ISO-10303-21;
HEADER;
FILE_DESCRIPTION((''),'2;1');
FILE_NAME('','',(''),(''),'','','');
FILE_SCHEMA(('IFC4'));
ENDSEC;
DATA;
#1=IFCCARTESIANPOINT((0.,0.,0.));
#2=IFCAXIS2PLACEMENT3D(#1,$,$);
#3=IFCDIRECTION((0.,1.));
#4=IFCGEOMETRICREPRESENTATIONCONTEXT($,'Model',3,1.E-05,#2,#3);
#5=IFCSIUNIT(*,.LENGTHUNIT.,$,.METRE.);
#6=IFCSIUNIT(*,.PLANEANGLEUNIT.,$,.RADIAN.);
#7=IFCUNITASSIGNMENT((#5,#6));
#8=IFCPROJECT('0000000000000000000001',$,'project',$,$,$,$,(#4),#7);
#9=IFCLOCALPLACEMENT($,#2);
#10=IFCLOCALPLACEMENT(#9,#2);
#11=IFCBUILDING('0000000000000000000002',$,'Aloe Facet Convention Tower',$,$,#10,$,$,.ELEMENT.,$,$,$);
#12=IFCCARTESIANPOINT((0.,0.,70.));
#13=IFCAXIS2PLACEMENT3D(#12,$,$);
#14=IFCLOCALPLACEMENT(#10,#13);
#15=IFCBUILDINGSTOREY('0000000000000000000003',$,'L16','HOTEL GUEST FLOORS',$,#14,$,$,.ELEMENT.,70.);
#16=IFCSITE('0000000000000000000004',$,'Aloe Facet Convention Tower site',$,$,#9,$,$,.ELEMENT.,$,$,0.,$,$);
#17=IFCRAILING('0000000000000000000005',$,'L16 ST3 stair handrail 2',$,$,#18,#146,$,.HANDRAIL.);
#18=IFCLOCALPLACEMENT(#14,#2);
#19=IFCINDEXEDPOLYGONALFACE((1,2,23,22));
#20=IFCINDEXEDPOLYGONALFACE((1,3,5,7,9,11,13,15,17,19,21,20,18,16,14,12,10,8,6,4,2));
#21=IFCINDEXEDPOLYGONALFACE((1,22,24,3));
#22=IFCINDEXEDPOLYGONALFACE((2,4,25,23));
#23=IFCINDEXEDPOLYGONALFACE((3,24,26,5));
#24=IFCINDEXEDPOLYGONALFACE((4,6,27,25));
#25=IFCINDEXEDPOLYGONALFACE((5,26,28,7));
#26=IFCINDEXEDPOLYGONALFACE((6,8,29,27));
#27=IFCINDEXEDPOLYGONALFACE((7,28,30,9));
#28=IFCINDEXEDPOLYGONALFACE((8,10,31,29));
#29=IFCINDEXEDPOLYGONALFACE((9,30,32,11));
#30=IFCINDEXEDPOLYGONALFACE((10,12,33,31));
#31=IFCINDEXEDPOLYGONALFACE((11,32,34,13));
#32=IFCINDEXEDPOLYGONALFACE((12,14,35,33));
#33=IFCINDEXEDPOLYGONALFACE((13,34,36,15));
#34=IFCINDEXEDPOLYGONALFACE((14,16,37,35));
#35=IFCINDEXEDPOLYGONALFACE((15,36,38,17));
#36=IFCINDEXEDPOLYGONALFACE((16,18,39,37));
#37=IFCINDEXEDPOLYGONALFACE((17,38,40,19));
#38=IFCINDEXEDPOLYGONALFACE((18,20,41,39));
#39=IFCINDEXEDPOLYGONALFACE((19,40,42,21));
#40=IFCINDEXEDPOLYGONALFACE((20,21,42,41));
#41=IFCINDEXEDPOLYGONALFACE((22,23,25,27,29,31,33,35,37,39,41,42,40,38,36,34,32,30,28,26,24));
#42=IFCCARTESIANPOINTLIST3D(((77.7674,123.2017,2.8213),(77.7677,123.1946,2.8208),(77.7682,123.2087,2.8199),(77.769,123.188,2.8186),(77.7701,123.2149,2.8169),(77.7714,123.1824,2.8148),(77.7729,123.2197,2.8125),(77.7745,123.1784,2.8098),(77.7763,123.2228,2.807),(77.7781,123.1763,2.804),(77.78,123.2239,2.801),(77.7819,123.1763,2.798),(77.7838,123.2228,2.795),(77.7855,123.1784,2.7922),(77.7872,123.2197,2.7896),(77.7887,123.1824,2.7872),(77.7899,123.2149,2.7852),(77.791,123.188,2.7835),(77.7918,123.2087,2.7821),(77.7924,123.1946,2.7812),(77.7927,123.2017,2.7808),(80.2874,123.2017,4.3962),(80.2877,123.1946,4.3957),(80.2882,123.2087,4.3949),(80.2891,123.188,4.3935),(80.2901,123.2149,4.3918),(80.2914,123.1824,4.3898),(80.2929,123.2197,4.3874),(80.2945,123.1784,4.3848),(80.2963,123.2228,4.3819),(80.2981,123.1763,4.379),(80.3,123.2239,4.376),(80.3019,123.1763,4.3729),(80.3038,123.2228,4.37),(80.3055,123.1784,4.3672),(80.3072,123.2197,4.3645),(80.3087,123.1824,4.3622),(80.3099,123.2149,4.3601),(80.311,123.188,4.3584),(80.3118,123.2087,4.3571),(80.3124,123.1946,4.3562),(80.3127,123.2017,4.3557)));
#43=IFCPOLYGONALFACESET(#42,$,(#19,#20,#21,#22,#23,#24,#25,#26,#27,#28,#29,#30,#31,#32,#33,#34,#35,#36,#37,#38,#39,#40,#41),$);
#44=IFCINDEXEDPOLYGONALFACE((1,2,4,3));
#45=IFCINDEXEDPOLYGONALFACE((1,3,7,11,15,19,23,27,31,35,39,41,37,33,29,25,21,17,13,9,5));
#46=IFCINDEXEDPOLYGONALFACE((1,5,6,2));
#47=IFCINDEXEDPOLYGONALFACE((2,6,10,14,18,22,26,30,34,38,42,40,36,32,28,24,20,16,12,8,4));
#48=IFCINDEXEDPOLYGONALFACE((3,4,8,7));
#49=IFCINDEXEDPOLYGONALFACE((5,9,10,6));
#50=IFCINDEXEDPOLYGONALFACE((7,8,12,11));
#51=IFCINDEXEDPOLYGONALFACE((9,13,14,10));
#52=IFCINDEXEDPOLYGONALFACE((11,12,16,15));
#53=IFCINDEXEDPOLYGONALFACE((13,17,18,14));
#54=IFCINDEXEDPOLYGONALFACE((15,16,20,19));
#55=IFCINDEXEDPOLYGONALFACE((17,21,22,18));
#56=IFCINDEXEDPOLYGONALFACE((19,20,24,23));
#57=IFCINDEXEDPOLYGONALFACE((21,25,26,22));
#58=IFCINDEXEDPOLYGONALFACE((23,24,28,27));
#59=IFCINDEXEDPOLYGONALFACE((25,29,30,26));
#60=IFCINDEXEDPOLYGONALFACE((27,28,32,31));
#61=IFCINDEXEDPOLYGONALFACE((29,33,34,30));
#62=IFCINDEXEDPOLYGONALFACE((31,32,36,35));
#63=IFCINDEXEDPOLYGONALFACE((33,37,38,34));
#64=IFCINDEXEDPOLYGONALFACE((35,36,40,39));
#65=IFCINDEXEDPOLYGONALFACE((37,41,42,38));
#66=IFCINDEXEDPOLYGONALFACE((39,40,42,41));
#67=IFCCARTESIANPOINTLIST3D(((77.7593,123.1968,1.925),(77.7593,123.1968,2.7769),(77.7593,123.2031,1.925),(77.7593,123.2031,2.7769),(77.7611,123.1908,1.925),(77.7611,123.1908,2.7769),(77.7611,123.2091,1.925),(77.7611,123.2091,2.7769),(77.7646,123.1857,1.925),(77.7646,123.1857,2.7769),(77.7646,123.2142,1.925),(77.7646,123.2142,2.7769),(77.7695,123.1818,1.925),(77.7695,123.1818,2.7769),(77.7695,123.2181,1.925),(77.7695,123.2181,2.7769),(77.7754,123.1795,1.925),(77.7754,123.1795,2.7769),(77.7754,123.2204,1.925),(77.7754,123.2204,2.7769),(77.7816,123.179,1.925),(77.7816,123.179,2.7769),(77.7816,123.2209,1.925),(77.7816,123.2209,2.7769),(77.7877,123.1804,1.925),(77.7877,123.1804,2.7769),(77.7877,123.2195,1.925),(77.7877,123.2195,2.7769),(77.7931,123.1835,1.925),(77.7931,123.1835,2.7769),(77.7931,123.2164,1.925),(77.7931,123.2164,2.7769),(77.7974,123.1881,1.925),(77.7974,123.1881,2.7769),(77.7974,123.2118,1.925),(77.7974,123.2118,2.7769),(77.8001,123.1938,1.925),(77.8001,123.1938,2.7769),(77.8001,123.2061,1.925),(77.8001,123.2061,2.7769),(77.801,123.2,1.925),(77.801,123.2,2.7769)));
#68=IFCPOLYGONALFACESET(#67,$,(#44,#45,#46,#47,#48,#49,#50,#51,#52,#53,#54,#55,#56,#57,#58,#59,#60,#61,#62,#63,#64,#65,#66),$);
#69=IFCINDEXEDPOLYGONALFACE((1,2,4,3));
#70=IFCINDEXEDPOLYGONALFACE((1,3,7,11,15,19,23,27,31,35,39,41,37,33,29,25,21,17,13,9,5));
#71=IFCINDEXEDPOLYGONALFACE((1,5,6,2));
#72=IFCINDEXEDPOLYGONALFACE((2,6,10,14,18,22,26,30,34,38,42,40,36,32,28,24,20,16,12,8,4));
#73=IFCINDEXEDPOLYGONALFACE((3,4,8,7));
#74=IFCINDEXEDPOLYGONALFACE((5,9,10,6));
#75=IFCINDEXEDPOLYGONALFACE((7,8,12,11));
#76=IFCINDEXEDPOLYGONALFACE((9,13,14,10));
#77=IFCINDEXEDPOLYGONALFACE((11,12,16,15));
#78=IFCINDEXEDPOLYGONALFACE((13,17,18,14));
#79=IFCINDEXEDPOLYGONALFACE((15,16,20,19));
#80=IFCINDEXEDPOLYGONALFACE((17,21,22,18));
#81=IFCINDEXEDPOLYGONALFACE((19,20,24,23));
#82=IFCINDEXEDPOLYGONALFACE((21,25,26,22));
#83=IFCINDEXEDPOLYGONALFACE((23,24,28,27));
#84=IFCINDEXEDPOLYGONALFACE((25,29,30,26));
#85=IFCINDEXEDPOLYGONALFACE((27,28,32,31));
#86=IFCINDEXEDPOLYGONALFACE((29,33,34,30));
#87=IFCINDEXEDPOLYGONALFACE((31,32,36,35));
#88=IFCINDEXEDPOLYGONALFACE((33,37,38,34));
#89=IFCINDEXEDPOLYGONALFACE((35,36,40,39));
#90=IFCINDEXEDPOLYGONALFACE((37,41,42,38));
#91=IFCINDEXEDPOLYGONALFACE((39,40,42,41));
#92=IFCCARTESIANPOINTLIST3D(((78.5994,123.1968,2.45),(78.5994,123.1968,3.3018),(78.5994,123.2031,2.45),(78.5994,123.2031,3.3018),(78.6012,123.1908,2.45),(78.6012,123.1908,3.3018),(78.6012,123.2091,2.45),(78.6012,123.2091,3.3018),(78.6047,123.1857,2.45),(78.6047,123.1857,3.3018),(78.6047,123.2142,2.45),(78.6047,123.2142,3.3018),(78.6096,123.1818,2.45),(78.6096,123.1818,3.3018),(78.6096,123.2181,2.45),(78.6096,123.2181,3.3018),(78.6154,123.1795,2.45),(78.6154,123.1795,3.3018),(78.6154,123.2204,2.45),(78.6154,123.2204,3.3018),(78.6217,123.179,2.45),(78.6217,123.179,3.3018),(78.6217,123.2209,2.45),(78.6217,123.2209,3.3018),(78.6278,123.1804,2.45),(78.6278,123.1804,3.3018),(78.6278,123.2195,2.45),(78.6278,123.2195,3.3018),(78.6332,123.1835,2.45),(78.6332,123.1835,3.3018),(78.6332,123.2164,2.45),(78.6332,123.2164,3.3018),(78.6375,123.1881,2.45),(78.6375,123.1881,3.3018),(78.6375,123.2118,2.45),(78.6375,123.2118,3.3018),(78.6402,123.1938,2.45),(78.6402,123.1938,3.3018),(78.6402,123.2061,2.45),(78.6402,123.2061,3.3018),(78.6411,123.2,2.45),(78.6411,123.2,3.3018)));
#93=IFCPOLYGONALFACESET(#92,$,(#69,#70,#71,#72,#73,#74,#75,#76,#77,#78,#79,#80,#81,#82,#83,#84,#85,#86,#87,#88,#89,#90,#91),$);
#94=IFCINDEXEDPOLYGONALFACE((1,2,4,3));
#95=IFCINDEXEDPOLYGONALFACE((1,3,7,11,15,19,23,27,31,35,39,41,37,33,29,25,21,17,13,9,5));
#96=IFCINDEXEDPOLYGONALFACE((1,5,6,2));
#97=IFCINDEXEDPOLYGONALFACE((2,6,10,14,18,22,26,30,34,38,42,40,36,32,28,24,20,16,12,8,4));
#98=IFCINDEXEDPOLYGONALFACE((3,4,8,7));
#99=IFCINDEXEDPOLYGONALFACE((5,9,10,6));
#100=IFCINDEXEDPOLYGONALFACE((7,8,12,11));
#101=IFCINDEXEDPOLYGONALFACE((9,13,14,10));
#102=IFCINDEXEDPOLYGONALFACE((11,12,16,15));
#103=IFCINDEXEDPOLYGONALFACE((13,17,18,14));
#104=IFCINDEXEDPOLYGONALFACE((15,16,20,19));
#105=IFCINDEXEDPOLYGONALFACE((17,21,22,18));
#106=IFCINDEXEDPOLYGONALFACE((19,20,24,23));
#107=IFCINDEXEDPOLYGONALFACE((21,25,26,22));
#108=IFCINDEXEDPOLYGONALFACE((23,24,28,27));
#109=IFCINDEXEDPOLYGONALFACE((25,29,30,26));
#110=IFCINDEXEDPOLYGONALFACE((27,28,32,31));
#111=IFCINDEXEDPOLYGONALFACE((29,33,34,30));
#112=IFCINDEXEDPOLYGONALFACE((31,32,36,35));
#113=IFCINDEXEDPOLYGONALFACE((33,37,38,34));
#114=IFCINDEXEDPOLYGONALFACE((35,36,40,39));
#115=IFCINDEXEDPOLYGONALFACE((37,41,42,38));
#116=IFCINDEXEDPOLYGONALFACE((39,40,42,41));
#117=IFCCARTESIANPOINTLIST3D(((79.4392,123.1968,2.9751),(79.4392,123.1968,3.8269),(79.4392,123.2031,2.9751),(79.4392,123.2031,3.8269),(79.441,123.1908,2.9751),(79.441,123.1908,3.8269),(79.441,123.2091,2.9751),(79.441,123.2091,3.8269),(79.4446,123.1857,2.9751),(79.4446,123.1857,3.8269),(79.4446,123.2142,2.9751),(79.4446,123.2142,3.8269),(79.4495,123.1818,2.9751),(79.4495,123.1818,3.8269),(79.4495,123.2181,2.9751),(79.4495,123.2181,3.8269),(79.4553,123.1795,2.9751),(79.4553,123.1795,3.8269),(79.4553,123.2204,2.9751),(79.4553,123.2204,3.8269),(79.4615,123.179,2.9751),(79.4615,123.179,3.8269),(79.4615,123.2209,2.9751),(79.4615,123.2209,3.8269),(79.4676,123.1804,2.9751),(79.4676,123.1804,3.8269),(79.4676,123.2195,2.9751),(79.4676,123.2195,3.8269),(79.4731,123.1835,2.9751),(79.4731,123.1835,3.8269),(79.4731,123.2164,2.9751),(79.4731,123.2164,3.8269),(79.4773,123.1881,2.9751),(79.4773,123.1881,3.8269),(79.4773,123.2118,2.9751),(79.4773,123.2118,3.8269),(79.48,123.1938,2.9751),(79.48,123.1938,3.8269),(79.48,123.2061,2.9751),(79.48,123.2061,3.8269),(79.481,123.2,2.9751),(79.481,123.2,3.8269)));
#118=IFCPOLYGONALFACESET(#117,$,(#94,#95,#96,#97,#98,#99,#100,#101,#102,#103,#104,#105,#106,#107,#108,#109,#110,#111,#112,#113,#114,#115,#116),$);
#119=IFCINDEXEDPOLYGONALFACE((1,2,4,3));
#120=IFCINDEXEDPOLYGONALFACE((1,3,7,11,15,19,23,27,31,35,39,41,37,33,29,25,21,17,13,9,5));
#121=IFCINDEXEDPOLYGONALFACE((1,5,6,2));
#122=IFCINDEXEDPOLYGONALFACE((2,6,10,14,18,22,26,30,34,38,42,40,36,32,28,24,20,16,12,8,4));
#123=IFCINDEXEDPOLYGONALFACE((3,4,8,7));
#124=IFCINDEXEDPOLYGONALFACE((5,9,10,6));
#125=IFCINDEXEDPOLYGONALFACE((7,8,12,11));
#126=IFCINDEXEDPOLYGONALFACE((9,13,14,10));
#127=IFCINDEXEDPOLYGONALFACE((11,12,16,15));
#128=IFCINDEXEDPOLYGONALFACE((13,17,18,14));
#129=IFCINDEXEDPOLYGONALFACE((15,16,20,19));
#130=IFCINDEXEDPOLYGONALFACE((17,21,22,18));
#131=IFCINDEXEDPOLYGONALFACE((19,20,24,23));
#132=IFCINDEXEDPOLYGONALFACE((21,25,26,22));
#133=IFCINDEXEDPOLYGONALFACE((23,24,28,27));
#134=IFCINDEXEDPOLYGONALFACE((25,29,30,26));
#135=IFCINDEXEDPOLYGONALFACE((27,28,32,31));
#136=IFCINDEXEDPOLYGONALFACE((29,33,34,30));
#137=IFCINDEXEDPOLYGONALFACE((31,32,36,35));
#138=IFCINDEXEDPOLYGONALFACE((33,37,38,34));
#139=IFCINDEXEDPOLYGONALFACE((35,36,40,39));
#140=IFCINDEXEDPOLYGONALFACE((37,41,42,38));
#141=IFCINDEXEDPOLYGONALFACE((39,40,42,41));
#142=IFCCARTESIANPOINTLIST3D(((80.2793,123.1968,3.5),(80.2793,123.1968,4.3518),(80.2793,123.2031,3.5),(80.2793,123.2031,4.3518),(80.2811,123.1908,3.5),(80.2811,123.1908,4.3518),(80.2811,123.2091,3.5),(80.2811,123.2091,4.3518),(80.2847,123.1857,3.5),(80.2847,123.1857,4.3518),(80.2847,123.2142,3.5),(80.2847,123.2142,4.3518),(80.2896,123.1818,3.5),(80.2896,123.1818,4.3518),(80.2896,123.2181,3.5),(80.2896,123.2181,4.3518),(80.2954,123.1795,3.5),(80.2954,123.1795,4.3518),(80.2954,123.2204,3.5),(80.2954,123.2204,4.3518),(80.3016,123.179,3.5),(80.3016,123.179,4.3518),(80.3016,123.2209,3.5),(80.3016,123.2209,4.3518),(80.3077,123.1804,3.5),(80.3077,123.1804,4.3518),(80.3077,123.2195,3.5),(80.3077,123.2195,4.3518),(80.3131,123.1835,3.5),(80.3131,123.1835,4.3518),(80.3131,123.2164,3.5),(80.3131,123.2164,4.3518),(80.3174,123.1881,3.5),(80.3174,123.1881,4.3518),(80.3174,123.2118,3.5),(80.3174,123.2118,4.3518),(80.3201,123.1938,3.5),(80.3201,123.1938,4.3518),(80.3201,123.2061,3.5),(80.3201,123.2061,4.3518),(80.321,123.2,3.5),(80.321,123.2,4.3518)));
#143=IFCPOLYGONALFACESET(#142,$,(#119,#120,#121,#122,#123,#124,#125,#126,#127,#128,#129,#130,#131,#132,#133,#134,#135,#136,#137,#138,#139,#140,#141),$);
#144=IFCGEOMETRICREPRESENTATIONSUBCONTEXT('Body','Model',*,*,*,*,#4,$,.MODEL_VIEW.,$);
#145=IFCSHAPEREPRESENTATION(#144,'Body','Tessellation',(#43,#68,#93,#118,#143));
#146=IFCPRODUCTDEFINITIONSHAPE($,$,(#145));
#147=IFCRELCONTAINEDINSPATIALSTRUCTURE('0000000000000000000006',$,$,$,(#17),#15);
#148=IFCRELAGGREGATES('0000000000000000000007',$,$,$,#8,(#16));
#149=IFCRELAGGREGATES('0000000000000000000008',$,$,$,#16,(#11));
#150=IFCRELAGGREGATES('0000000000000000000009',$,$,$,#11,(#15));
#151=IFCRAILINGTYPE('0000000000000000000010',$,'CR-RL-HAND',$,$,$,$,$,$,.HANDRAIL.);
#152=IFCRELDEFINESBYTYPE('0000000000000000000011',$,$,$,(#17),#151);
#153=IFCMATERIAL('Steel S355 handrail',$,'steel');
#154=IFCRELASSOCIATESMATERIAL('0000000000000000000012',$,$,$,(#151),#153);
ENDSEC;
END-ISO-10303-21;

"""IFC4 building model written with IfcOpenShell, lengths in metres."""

from ifc_helpers import new_model, si_unit, direction, frame, origin, origin_2d, place, context, subcontext, project, spatial, circle, extrude, material, type_object, element, save


model = new_model("IFC4")

# Units and contexts
model_context = context("Model", 3, precision=1e-05, world=origin(), true_north=direction((0.0, 1.0)))
body_context = subcontext(model_context, "Body", "Model", "MODEL_VIEW")
ifc_project = project(units=[si_unit("LENGTHUNIT", "METRE"), si_unit("PLANEANGLEUNIT", "RADIAN")], contexts=[model_context])

# Site, building, storey
site_placement = place(None, origin())
site = spatial("IfcSite", under=ifc_project, at=site_placement, Name="Aloe Facet Convention Tower site", CompositionType="ELEMENT", RefElevation=0.0)
building_placement = place(site_placement, origin())
building = spatial("IfcBuilding", under=site, at=building_placement, Name="Aloe Facet Convention Tower", CompositionType="ELEMENT")
storey_placement = place(building_placement, frame((0.0, 0.0, 70.0)))
storey = spatial("IfcBuildingStorey", under=building, at=storey_placement, Name="L16", Description="HOTEL GUEST FLOORS", CompositionType="ELEMENT", Elevation=70.0)

# Railing
ifc_material_1 = material(Name="Steel S355 handrail", Category="steel")
railing_type_1 = type_object("IfcRailingType", Name="CR-RL-HAND", PredefinedType="HANDRAIL", material=ifc_material_1)
railing_1_placement = place(storey_placement, frame((77.78, 123.2, 1.925)))
element("IfcRailing", 1, at=railing_1_placement, inside=storey, type_object=railing_type_1, Name="L16 ST3 stair handrail 2", PredefinedType="HANDRAIL", context=body_context, shape_type="SweptSolid", body=[
    extrude(circle(Radius=0.0239, at=origin_2d()), frame((0.0, 0.0, 0.876), z_axis=(0.848008, 0.0, 0.529984), x_axis=(0.0, 1.0, 0.0)), (0.0, 0.0, 1.0), 2.9717),
    extrude(circle(Radius=0.021, at=origin_2d()), origin(), (0.0, 0.0, 1.0), 0.8518),
    extrude(circle(Radius=0.021, at=origin_2d()), frame((0.8401, 0.0, 0.5249)), (0.0, 0.0, 1.0), 0.8518),
    extrude(circle(Radius=0.021, at=origin_2d()), frame((1.6799, 0.0, 1.05)), (0.0, 0.0, 1.0), 0.8518),
    extrude(circle(Radius=0.021, at=origin_2d()), frame((2.52, 0.0, 1.575)), (0.0, 0.0, 1.0), 0.8518),
])

save(model, "model.ifc")
